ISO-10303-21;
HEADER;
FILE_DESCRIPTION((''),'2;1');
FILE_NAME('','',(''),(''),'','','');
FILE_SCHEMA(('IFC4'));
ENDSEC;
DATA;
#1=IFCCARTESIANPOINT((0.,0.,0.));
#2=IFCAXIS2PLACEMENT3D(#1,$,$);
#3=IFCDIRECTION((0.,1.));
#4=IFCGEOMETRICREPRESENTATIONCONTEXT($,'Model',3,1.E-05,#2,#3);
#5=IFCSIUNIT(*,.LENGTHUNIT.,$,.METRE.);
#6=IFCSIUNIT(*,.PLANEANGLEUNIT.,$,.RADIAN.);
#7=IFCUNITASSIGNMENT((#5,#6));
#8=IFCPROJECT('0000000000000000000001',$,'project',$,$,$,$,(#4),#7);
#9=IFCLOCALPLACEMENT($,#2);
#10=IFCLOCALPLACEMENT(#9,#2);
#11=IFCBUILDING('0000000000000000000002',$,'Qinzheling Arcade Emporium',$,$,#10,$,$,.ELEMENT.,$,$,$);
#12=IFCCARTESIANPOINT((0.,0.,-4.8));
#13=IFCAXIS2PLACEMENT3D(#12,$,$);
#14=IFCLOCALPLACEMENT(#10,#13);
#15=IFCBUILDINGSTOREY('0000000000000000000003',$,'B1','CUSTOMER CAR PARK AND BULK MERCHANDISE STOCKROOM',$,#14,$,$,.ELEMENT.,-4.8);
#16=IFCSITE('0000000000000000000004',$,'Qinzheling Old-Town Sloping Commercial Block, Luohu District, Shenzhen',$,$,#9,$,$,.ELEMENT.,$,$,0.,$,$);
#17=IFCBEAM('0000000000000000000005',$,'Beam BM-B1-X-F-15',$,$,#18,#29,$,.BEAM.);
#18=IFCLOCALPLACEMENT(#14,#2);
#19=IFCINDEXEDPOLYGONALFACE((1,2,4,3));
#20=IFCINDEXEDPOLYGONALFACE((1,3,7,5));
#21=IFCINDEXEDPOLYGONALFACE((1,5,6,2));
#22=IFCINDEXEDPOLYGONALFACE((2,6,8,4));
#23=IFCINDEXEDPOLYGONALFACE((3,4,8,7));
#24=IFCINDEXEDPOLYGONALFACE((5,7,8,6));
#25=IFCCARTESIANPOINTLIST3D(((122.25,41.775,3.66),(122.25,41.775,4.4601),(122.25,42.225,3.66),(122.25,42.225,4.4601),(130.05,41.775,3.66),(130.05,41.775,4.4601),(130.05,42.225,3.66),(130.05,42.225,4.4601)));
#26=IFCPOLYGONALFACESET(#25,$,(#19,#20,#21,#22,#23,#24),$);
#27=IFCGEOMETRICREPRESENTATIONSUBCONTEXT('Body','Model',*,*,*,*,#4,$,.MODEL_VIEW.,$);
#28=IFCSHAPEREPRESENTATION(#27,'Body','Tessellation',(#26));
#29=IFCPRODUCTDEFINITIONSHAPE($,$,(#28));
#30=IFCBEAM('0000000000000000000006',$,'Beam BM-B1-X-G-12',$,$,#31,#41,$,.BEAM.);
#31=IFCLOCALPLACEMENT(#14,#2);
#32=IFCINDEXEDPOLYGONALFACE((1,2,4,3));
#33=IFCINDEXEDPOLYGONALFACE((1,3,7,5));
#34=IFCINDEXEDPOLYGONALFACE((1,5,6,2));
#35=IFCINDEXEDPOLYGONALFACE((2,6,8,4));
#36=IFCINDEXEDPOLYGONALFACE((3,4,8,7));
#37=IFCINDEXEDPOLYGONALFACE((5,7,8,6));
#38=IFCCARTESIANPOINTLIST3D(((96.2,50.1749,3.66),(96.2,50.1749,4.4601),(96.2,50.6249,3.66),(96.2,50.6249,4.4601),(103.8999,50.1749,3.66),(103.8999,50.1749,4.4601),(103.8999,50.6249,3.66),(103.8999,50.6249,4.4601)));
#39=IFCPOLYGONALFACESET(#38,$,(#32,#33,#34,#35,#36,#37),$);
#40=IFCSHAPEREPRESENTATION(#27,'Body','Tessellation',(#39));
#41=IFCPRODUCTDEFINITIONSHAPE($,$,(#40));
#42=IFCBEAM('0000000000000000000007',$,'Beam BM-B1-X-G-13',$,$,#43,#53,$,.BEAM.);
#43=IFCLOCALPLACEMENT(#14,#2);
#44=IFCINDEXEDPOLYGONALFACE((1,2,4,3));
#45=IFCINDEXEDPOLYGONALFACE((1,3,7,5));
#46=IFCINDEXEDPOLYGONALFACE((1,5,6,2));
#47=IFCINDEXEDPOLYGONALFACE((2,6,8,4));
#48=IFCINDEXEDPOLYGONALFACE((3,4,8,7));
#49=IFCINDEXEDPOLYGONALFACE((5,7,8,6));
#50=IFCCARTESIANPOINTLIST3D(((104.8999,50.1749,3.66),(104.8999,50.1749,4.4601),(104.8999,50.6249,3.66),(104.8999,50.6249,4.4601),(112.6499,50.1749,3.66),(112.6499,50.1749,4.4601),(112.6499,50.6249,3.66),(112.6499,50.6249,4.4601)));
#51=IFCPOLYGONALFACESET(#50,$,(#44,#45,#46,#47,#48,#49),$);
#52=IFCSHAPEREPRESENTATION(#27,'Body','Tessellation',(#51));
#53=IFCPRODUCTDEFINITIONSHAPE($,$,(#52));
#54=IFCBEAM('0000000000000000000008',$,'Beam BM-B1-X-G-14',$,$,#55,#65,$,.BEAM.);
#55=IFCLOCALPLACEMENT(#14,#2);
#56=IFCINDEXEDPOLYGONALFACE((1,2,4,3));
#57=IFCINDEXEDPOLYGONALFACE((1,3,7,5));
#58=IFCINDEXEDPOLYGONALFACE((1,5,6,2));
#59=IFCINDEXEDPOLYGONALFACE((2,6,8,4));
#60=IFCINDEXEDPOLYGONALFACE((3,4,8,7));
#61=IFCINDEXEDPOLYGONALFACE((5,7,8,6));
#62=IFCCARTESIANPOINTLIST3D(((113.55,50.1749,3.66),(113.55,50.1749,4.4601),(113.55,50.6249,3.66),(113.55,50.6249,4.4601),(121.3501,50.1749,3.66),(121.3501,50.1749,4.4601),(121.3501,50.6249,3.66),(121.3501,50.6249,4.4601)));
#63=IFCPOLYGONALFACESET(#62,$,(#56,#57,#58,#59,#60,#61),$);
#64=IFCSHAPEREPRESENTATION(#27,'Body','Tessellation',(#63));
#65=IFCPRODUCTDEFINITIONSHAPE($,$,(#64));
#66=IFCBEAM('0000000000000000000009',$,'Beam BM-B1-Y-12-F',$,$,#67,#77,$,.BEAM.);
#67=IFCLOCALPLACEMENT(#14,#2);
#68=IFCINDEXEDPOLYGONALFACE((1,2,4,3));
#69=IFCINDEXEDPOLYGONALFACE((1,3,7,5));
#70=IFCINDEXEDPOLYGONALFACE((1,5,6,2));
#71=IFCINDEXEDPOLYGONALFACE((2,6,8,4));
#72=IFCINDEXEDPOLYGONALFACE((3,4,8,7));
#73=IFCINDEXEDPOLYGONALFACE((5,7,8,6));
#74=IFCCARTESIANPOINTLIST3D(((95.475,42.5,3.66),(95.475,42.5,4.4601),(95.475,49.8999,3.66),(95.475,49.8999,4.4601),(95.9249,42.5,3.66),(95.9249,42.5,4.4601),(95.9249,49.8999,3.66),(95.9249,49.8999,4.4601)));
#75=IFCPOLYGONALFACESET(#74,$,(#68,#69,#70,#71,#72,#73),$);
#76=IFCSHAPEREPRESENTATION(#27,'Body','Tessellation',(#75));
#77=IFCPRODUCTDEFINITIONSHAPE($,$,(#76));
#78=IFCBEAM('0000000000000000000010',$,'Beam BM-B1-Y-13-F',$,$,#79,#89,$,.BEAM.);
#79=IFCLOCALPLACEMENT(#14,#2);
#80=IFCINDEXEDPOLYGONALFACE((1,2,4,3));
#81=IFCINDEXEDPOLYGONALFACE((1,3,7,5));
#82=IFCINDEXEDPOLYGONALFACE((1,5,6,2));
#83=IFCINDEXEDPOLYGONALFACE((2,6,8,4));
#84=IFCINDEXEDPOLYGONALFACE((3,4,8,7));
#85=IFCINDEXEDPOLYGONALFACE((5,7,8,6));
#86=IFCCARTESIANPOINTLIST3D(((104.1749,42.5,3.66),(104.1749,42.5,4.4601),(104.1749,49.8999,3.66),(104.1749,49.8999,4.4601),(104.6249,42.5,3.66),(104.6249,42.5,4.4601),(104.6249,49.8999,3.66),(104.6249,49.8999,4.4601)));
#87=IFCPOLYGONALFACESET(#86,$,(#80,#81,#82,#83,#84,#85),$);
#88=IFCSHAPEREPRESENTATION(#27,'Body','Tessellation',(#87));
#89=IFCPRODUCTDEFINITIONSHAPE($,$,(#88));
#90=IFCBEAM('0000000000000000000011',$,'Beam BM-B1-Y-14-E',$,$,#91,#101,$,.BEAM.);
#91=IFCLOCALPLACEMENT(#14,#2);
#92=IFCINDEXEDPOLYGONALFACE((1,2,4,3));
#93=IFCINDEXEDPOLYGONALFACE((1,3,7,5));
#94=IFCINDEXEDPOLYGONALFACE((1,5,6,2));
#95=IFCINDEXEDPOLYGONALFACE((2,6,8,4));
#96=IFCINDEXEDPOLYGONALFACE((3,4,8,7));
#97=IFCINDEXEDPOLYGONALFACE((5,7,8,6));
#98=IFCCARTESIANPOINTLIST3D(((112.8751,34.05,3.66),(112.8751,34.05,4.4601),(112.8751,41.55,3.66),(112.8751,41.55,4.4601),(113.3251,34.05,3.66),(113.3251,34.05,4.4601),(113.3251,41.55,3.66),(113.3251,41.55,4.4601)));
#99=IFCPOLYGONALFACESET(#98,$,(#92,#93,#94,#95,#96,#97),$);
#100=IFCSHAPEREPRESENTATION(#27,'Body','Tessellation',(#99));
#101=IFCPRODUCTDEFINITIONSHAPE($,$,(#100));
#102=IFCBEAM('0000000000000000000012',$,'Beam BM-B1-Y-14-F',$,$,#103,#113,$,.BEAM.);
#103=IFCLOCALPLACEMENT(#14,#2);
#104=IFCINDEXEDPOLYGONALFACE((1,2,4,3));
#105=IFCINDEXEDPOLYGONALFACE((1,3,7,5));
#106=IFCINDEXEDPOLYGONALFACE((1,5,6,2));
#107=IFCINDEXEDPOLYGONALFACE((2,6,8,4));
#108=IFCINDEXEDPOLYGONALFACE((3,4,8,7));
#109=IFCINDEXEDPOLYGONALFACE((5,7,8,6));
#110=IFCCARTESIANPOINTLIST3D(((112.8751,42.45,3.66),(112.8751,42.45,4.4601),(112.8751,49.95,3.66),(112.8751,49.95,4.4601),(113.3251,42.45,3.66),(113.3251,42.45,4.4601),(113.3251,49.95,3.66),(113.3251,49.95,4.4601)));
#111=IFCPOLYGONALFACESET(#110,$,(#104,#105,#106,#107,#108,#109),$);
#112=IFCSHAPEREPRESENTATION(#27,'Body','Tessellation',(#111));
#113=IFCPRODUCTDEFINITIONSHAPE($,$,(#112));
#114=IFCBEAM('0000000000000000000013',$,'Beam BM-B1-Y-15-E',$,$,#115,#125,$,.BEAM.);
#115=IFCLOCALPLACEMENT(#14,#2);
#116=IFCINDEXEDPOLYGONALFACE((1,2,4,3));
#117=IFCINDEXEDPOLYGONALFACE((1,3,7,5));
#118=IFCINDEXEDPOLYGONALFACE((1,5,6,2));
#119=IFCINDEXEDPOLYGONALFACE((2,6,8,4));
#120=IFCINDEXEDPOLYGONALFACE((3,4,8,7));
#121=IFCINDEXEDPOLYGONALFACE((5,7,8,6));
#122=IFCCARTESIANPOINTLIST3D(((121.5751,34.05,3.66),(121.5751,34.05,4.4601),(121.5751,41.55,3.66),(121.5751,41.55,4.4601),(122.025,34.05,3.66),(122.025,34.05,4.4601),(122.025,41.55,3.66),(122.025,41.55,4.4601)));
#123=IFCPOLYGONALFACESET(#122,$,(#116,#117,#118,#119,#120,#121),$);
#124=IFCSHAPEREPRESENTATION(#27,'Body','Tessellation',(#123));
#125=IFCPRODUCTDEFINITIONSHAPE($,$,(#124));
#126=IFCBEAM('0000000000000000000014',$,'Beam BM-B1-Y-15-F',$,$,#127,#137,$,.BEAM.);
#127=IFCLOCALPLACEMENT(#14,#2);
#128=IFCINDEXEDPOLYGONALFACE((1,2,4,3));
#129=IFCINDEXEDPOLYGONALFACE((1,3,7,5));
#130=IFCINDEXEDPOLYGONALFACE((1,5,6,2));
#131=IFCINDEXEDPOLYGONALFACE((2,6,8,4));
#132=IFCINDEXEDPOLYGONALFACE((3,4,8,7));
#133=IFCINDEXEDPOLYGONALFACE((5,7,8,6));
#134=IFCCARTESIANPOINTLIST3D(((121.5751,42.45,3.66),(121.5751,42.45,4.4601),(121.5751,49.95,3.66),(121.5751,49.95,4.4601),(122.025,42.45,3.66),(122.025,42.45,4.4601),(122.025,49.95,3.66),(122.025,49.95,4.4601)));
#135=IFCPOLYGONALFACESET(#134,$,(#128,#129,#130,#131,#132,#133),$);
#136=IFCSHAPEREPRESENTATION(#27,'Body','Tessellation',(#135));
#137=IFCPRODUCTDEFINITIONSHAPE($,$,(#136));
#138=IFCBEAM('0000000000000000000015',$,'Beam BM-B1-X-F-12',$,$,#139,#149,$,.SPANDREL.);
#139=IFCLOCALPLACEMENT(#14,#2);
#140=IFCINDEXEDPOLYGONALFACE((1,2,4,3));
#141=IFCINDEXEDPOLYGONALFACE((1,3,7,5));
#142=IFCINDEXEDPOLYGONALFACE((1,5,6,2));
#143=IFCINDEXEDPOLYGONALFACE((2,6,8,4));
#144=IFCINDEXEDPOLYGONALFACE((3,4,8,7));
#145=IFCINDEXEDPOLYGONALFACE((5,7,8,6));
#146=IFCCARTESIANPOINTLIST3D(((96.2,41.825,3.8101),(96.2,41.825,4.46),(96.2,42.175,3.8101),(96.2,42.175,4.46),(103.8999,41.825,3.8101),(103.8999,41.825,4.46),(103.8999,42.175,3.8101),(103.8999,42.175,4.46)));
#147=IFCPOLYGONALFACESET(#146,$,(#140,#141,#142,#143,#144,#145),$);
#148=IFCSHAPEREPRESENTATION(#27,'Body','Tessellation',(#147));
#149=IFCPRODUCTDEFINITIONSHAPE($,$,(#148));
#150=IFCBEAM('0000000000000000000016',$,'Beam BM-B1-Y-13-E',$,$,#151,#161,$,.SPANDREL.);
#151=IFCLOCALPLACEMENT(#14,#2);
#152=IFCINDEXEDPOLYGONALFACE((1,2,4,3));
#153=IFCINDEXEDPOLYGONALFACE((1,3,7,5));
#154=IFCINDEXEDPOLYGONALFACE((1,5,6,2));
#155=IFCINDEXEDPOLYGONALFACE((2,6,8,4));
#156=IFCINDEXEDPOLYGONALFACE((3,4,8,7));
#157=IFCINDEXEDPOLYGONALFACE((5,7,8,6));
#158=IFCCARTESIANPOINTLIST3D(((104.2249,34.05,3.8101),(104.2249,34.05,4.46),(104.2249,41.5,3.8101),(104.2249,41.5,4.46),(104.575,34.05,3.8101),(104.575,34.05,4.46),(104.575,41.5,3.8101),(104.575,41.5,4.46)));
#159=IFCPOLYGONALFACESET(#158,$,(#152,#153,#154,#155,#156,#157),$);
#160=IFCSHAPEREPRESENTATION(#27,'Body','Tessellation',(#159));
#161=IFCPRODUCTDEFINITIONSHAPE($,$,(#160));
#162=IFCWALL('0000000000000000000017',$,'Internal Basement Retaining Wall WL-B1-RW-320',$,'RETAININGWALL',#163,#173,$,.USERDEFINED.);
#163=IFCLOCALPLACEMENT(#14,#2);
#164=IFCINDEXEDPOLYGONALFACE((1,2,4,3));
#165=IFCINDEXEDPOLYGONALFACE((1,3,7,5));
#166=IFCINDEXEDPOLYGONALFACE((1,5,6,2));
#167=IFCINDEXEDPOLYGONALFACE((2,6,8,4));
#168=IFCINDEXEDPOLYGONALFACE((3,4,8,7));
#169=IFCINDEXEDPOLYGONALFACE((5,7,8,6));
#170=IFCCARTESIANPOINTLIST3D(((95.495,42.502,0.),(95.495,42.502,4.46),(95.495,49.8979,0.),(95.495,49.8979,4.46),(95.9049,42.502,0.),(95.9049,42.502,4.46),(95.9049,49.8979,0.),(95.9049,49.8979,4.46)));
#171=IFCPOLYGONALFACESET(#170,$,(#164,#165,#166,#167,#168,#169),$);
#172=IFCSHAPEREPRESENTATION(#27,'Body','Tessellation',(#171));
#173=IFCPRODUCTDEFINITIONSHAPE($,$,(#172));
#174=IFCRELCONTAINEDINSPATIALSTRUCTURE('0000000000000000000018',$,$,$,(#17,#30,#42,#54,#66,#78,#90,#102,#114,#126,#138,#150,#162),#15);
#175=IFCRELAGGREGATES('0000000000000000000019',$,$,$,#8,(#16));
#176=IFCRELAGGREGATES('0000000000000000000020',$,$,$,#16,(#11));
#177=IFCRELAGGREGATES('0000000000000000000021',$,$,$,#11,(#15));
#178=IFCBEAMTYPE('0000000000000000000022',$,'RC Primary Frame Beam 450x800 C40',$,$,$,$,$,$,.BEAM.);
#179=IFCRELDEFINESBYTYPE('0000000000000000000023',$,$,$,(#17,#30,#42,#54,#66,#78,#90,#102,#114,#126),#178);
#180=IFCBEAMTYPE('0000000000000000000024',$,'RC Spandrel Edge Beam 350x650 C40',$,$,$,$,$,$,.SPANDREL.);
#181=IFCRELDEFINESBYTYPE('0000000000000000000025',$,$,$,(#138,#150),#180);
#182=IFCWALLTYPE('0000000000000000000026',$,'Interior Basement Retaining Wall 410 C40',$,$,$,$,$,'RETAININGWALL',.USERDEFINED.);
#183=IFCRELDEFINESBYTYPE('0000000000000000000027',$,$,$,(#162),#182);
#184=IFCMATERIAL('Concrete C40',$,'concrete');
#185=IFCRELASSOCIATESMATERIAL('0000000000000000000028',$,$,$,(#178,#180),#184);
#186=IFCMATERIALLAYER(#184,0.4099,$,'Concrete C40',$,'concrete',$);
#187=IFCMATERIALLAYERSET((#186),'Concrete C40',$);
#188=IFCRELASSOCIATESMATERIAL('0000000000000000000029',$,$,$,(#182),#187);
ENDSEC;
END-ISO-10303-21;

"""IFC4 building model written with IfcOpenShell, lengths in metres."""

from ifc_helpers import new_model, si_unit, direction, frame, frame_2d, origin, origin_2d, place, context, subcontext, project, spatial, rectangle, extrude, material, layer, layer_set, material_profile, profile_set, type_object, element, save


model = new_model("IFC4")

# Units and contexts
model_context = context("Model", 3, precision=1e-05, world=origin(), true_north=direction((0.0, 1.0)))
body_context = subcontext(model_context, "Body", "Model", "MODEL_VIEW")
ifc_project = project(units=[si_unit("LENGTHUNIT", "METRE"), si_unit("PLANEANGLEUNIT", "RADIAN")], contexts=[model_context])

# Site, building, storey
site_placement = place(None, origin())
site = spatial("IfcSite", under=ifc_project, at=site_placement, Name="Qinzheling Old-Town Sloping Commercial Block, Luohu District, Shenzhen", CompositionType="ELEMENT", RefElevation=0.0)
building_placement = place(site_placement, origin())
building = spatial("IfcBuilding", under=site, at=building_placement, Name="Qinzheling Arcade Emporium", CompositionType="ELEMENT")
storey_placement = place(building_placement, frame((0.0, 0.0, -4.8)))
storey = spatial("IfcBuildingStorey", under=building, at=storey_placement, Name="B1", Description="CUSTOMER CAR PARK AND BULK MERCHANDISE STOCKROOM", CompositionType="ELEMENT", Elevation=-4.8)

# Beams
ifc_material_1 = material(Name="Concrete C40", Category="concrete")
ifc_material_profile_1 = material_profile(ifc_material_1, rectangle(XDim=0.45, YDim=0.8, at=origin_2d()), Name="RC 450x800", Category="concrete")
ifc_profile_set_1 = profile_set([ifc_material_profile_1], Name="Concrete C40")
beam_type_1 = type_object("IfcBeamType", Name="RC Primary Frame Beam 450x800 C40", PredefinedType="BEAM", material=ifc_profile_set_1)
for number, where, z_axis, x_axis, name in (
    (1, (122.25, 42.0, 4.0601), (1.0, 0.0, 0.0), (0.0, 1.0, 0.0), "Beam BM-B1-X-F-15"),
):
    element("IfcBeam", number, at=place(storey_placement, frame(where, z_axis=z_axis, x_axis=x_axis)), inside=storey, type_object=beam_type_1, Name=name, PredefinedType="BEAM", context=body_context, shape_type="SweptSolid", body=[
        extrude(rectangle(XDim=0.45, YDim=0.8, at=origin_2d()), origin(), (0.0, 0.0, 1.0), 7.8),
    ])
beam_1_placement = place(storey_placement, frame((96.2, 50.3999, 4.0601), z_axis=(1.0, 0.0, 0.0), x_axis=(0.0, 1.0, 0.0)))
element("IfcBeam", 2, at=beam_1_placement, inside=storey, type_object=beam_type_1, Name="Beam BM-B1-X-G-12", PredefinedType="BEAM", context=body_context, shape_type="SweptSolid", body=[
    extrude(rectangle(XDim=0.45, YDim=0.8, at=origin_2d()), origin(), (0.0, 0.0, 1.0), 7.7),
])
beam_2_placement = place(storey_placement, frame((104.8999, 50.3999, 4.0601), z_axis=(1.0, 0.0, 0.0), x_axis=(0.0, 1.0, 0.0)))
element("IfcBeam", 3, at=beam_2_placement, inside=storey, type_object=beam_type_1, Name="Beam BM-B1-X-G-13", PredefinedType="BEAM", context=body_context, shape_type="SweptSolid", body=[
    extrude(rectangle(XDim=0.45, YDim=0.8, at=origin_2d()), origin(), (0.0, 0.0, 1.0), 7.75),
])
beam_3_placement = place(storey_placement, frame((113.55, 50.3999, 4.0601), z_axis=(1.0, 0.0, 0.0), x_axis=(0.0, 1.0, 0.0)))
element("IfcBeam", 4, at=beam_3_placement, inside=storey, type_object=beam_type_1, Name="Beam BM-B1-X-G-14", PredefinedType="BEAM", context=body_context, shape_type="SweptSolid", body=[
    extrude(rectangle(XDim=0.45, YDim=0.8, at=origin_2d()), origin(), (0.0, 0.0, 1.0), 7.8),
])
for number, where, z_axis, x_axis, name in (
    (5, (95.7, 42.5, 4.0601), (0.0, 1.0, 0.0), (-1.0, 0.0, 0.0), "Beam BM-B1-Y-12-F"),
    (6, (104.3999, 42.5, 4.0601), (0.0, 1.0, 0.0), (-1.0, 0.0, 0.0), "Beam BM-B1-Y-13-F"),
):
    element("IfcBeam", number, at=place(storey_placement, frame(where, z_axis=z_axis, x_axis=x_axis)), inside=storey, type_object=beam_type_1, Name=name, PredefinedType="BEAM", context=body_context, shape_type="SweptSolid", body=[
        extrude(rectangle(XDim=0.45, YDim=0.8, at=origin_2d()), origin(), (0.0, 0.0, 1.0), 7.3999),
    ])
for number, where, z_axis, x_axis, name in (
    (7, (113.1001, 34.05, 4.0601), (0.0, 1.0, 0.0), (-1.0, 0.0, 0.0), "Beam BM-B1-Y-14-E"),
    (8, (113.1001, 42.45, 4.0601), (0.0, 1.0, 0.0), (-1.0, 0.0, 0.0), "Beam BM-B1-Y-14-F"),
    (9, (121.8, 34.05, 4.0601), (0.0, 1.0, 0.0), (-1.0, 0.0, 0.0), "Beam BM-B1-Y-15-E"),
    (10, (121.8, 42.45, 4.0601), (0.0, 1.0, 0.0), (-1.0, 0.0, 0.0), "Beam BM-B1-Y-15-F"),
):
    element("IfcBeam", number, at=place(storey_placement, frame(where, z_axis=z_axis, x_axis=x_axis)), inside=storey, type_object=beam_type_1, Name=name, PredefinedType="BEAM", context=body_context, shape_type="SweptSolid", body=[
        extrude(rectangle(XDim=0.45, YDim=0.8, at=origin_2d()), origin(), (0.0, 0.0, 1.0), 7.5),
    ])
ifc_material_profile_2 = material_profile(ifc_material_1, rectangle(XDim=0.3501, YDim=0.6499, at=origin_2d()), Name="RC 350x650", Category="concrete")
ifc_profile_set_2 = profile_set([ifc_material_profile_2], Name="Concrete C40")
beam_type_2 = type_object("IfcBeamType", Name="RC Spandrel Edge Beam 350x650 C40", PredefinedType="SPANDREL", material=ifc_profile_set_2)
beam_4_placement = place(storey_placement, frame((96.2, 42.0, 4.135), z_axis=(1.0, 0.0, 0.0), x_axis=(0.0, 1.0, 0.0)))
element("IfcBeam", 11, at=beam_4_placement, inside=storey, type_object=beam_type_2, Name="Beam BM-B1-X-F-12", PredefinedType="SPANDREL", context=body_context, shape_type="SweptSolid", body=[
    extrude(rectangle(XDim=0.3501, YDim=0.6499, at=origin_2d()), origin(), (0.0, 0.0, 1.0), 7.7),
])
beam_5_placement = place(storey_placement, frame((104.3999, 34.05, 4.135), z_axis=(0.0, 1.0, 0.0), x_axis=(-1.0, 0.0, 0.0)))
element("IfcBeam", 12, at=beam_5_placement, inside=storey, type_object=beam_type_2, Name="Beam BM-B1-Y-13-E", PredefinedType="SPANDREL", context=body_context, shape_type="SweptSolid", body=[
    extrude(rectangle(XDim=0.3501, YDim=0.6499, at=origin_2d()), origin(), (0.0, 0.0, 1.0), 7.45),
])

# Wall
ifc_layer = layer(ifc_material_1, 0.4099, Name="Concrete C40", Category="concrete")
ifc_layer_set = layer_set([ifc_layer], Name="Concrete C40")
wall_type = type_object("IfcWallType", Name="Interior Basement Retaining Wall 410 C40", ElementType="RETAININGWALL", PredefinedType="USERDEFINED", material=ifc_layer_set)
wall_placement = place(storey_placement, frame((95.7, 49.8979, 0.0), z_axis=(0.0, 0.0, 1.0), x_axis=(0.0, -1.0, 0.0)))
element("IfcWall", 13, at=wall_placement, inside=storey, type_object=wall_type, Name="Internal Basement Retaining Wall WL-B1-RW-320", ObjectType="RETAININGWALL", PredefinedType="USERDEFINED", context=body_context, shape_type="SweptSolid", body=[
    extrude(rectangle(XDim=7.396, YDim=0.4099, at=frame_2d((3.698, 0.0))), origin(), (0.0, 0.0, 1.0), 4.46),
])

save(model, "model.ifc")
